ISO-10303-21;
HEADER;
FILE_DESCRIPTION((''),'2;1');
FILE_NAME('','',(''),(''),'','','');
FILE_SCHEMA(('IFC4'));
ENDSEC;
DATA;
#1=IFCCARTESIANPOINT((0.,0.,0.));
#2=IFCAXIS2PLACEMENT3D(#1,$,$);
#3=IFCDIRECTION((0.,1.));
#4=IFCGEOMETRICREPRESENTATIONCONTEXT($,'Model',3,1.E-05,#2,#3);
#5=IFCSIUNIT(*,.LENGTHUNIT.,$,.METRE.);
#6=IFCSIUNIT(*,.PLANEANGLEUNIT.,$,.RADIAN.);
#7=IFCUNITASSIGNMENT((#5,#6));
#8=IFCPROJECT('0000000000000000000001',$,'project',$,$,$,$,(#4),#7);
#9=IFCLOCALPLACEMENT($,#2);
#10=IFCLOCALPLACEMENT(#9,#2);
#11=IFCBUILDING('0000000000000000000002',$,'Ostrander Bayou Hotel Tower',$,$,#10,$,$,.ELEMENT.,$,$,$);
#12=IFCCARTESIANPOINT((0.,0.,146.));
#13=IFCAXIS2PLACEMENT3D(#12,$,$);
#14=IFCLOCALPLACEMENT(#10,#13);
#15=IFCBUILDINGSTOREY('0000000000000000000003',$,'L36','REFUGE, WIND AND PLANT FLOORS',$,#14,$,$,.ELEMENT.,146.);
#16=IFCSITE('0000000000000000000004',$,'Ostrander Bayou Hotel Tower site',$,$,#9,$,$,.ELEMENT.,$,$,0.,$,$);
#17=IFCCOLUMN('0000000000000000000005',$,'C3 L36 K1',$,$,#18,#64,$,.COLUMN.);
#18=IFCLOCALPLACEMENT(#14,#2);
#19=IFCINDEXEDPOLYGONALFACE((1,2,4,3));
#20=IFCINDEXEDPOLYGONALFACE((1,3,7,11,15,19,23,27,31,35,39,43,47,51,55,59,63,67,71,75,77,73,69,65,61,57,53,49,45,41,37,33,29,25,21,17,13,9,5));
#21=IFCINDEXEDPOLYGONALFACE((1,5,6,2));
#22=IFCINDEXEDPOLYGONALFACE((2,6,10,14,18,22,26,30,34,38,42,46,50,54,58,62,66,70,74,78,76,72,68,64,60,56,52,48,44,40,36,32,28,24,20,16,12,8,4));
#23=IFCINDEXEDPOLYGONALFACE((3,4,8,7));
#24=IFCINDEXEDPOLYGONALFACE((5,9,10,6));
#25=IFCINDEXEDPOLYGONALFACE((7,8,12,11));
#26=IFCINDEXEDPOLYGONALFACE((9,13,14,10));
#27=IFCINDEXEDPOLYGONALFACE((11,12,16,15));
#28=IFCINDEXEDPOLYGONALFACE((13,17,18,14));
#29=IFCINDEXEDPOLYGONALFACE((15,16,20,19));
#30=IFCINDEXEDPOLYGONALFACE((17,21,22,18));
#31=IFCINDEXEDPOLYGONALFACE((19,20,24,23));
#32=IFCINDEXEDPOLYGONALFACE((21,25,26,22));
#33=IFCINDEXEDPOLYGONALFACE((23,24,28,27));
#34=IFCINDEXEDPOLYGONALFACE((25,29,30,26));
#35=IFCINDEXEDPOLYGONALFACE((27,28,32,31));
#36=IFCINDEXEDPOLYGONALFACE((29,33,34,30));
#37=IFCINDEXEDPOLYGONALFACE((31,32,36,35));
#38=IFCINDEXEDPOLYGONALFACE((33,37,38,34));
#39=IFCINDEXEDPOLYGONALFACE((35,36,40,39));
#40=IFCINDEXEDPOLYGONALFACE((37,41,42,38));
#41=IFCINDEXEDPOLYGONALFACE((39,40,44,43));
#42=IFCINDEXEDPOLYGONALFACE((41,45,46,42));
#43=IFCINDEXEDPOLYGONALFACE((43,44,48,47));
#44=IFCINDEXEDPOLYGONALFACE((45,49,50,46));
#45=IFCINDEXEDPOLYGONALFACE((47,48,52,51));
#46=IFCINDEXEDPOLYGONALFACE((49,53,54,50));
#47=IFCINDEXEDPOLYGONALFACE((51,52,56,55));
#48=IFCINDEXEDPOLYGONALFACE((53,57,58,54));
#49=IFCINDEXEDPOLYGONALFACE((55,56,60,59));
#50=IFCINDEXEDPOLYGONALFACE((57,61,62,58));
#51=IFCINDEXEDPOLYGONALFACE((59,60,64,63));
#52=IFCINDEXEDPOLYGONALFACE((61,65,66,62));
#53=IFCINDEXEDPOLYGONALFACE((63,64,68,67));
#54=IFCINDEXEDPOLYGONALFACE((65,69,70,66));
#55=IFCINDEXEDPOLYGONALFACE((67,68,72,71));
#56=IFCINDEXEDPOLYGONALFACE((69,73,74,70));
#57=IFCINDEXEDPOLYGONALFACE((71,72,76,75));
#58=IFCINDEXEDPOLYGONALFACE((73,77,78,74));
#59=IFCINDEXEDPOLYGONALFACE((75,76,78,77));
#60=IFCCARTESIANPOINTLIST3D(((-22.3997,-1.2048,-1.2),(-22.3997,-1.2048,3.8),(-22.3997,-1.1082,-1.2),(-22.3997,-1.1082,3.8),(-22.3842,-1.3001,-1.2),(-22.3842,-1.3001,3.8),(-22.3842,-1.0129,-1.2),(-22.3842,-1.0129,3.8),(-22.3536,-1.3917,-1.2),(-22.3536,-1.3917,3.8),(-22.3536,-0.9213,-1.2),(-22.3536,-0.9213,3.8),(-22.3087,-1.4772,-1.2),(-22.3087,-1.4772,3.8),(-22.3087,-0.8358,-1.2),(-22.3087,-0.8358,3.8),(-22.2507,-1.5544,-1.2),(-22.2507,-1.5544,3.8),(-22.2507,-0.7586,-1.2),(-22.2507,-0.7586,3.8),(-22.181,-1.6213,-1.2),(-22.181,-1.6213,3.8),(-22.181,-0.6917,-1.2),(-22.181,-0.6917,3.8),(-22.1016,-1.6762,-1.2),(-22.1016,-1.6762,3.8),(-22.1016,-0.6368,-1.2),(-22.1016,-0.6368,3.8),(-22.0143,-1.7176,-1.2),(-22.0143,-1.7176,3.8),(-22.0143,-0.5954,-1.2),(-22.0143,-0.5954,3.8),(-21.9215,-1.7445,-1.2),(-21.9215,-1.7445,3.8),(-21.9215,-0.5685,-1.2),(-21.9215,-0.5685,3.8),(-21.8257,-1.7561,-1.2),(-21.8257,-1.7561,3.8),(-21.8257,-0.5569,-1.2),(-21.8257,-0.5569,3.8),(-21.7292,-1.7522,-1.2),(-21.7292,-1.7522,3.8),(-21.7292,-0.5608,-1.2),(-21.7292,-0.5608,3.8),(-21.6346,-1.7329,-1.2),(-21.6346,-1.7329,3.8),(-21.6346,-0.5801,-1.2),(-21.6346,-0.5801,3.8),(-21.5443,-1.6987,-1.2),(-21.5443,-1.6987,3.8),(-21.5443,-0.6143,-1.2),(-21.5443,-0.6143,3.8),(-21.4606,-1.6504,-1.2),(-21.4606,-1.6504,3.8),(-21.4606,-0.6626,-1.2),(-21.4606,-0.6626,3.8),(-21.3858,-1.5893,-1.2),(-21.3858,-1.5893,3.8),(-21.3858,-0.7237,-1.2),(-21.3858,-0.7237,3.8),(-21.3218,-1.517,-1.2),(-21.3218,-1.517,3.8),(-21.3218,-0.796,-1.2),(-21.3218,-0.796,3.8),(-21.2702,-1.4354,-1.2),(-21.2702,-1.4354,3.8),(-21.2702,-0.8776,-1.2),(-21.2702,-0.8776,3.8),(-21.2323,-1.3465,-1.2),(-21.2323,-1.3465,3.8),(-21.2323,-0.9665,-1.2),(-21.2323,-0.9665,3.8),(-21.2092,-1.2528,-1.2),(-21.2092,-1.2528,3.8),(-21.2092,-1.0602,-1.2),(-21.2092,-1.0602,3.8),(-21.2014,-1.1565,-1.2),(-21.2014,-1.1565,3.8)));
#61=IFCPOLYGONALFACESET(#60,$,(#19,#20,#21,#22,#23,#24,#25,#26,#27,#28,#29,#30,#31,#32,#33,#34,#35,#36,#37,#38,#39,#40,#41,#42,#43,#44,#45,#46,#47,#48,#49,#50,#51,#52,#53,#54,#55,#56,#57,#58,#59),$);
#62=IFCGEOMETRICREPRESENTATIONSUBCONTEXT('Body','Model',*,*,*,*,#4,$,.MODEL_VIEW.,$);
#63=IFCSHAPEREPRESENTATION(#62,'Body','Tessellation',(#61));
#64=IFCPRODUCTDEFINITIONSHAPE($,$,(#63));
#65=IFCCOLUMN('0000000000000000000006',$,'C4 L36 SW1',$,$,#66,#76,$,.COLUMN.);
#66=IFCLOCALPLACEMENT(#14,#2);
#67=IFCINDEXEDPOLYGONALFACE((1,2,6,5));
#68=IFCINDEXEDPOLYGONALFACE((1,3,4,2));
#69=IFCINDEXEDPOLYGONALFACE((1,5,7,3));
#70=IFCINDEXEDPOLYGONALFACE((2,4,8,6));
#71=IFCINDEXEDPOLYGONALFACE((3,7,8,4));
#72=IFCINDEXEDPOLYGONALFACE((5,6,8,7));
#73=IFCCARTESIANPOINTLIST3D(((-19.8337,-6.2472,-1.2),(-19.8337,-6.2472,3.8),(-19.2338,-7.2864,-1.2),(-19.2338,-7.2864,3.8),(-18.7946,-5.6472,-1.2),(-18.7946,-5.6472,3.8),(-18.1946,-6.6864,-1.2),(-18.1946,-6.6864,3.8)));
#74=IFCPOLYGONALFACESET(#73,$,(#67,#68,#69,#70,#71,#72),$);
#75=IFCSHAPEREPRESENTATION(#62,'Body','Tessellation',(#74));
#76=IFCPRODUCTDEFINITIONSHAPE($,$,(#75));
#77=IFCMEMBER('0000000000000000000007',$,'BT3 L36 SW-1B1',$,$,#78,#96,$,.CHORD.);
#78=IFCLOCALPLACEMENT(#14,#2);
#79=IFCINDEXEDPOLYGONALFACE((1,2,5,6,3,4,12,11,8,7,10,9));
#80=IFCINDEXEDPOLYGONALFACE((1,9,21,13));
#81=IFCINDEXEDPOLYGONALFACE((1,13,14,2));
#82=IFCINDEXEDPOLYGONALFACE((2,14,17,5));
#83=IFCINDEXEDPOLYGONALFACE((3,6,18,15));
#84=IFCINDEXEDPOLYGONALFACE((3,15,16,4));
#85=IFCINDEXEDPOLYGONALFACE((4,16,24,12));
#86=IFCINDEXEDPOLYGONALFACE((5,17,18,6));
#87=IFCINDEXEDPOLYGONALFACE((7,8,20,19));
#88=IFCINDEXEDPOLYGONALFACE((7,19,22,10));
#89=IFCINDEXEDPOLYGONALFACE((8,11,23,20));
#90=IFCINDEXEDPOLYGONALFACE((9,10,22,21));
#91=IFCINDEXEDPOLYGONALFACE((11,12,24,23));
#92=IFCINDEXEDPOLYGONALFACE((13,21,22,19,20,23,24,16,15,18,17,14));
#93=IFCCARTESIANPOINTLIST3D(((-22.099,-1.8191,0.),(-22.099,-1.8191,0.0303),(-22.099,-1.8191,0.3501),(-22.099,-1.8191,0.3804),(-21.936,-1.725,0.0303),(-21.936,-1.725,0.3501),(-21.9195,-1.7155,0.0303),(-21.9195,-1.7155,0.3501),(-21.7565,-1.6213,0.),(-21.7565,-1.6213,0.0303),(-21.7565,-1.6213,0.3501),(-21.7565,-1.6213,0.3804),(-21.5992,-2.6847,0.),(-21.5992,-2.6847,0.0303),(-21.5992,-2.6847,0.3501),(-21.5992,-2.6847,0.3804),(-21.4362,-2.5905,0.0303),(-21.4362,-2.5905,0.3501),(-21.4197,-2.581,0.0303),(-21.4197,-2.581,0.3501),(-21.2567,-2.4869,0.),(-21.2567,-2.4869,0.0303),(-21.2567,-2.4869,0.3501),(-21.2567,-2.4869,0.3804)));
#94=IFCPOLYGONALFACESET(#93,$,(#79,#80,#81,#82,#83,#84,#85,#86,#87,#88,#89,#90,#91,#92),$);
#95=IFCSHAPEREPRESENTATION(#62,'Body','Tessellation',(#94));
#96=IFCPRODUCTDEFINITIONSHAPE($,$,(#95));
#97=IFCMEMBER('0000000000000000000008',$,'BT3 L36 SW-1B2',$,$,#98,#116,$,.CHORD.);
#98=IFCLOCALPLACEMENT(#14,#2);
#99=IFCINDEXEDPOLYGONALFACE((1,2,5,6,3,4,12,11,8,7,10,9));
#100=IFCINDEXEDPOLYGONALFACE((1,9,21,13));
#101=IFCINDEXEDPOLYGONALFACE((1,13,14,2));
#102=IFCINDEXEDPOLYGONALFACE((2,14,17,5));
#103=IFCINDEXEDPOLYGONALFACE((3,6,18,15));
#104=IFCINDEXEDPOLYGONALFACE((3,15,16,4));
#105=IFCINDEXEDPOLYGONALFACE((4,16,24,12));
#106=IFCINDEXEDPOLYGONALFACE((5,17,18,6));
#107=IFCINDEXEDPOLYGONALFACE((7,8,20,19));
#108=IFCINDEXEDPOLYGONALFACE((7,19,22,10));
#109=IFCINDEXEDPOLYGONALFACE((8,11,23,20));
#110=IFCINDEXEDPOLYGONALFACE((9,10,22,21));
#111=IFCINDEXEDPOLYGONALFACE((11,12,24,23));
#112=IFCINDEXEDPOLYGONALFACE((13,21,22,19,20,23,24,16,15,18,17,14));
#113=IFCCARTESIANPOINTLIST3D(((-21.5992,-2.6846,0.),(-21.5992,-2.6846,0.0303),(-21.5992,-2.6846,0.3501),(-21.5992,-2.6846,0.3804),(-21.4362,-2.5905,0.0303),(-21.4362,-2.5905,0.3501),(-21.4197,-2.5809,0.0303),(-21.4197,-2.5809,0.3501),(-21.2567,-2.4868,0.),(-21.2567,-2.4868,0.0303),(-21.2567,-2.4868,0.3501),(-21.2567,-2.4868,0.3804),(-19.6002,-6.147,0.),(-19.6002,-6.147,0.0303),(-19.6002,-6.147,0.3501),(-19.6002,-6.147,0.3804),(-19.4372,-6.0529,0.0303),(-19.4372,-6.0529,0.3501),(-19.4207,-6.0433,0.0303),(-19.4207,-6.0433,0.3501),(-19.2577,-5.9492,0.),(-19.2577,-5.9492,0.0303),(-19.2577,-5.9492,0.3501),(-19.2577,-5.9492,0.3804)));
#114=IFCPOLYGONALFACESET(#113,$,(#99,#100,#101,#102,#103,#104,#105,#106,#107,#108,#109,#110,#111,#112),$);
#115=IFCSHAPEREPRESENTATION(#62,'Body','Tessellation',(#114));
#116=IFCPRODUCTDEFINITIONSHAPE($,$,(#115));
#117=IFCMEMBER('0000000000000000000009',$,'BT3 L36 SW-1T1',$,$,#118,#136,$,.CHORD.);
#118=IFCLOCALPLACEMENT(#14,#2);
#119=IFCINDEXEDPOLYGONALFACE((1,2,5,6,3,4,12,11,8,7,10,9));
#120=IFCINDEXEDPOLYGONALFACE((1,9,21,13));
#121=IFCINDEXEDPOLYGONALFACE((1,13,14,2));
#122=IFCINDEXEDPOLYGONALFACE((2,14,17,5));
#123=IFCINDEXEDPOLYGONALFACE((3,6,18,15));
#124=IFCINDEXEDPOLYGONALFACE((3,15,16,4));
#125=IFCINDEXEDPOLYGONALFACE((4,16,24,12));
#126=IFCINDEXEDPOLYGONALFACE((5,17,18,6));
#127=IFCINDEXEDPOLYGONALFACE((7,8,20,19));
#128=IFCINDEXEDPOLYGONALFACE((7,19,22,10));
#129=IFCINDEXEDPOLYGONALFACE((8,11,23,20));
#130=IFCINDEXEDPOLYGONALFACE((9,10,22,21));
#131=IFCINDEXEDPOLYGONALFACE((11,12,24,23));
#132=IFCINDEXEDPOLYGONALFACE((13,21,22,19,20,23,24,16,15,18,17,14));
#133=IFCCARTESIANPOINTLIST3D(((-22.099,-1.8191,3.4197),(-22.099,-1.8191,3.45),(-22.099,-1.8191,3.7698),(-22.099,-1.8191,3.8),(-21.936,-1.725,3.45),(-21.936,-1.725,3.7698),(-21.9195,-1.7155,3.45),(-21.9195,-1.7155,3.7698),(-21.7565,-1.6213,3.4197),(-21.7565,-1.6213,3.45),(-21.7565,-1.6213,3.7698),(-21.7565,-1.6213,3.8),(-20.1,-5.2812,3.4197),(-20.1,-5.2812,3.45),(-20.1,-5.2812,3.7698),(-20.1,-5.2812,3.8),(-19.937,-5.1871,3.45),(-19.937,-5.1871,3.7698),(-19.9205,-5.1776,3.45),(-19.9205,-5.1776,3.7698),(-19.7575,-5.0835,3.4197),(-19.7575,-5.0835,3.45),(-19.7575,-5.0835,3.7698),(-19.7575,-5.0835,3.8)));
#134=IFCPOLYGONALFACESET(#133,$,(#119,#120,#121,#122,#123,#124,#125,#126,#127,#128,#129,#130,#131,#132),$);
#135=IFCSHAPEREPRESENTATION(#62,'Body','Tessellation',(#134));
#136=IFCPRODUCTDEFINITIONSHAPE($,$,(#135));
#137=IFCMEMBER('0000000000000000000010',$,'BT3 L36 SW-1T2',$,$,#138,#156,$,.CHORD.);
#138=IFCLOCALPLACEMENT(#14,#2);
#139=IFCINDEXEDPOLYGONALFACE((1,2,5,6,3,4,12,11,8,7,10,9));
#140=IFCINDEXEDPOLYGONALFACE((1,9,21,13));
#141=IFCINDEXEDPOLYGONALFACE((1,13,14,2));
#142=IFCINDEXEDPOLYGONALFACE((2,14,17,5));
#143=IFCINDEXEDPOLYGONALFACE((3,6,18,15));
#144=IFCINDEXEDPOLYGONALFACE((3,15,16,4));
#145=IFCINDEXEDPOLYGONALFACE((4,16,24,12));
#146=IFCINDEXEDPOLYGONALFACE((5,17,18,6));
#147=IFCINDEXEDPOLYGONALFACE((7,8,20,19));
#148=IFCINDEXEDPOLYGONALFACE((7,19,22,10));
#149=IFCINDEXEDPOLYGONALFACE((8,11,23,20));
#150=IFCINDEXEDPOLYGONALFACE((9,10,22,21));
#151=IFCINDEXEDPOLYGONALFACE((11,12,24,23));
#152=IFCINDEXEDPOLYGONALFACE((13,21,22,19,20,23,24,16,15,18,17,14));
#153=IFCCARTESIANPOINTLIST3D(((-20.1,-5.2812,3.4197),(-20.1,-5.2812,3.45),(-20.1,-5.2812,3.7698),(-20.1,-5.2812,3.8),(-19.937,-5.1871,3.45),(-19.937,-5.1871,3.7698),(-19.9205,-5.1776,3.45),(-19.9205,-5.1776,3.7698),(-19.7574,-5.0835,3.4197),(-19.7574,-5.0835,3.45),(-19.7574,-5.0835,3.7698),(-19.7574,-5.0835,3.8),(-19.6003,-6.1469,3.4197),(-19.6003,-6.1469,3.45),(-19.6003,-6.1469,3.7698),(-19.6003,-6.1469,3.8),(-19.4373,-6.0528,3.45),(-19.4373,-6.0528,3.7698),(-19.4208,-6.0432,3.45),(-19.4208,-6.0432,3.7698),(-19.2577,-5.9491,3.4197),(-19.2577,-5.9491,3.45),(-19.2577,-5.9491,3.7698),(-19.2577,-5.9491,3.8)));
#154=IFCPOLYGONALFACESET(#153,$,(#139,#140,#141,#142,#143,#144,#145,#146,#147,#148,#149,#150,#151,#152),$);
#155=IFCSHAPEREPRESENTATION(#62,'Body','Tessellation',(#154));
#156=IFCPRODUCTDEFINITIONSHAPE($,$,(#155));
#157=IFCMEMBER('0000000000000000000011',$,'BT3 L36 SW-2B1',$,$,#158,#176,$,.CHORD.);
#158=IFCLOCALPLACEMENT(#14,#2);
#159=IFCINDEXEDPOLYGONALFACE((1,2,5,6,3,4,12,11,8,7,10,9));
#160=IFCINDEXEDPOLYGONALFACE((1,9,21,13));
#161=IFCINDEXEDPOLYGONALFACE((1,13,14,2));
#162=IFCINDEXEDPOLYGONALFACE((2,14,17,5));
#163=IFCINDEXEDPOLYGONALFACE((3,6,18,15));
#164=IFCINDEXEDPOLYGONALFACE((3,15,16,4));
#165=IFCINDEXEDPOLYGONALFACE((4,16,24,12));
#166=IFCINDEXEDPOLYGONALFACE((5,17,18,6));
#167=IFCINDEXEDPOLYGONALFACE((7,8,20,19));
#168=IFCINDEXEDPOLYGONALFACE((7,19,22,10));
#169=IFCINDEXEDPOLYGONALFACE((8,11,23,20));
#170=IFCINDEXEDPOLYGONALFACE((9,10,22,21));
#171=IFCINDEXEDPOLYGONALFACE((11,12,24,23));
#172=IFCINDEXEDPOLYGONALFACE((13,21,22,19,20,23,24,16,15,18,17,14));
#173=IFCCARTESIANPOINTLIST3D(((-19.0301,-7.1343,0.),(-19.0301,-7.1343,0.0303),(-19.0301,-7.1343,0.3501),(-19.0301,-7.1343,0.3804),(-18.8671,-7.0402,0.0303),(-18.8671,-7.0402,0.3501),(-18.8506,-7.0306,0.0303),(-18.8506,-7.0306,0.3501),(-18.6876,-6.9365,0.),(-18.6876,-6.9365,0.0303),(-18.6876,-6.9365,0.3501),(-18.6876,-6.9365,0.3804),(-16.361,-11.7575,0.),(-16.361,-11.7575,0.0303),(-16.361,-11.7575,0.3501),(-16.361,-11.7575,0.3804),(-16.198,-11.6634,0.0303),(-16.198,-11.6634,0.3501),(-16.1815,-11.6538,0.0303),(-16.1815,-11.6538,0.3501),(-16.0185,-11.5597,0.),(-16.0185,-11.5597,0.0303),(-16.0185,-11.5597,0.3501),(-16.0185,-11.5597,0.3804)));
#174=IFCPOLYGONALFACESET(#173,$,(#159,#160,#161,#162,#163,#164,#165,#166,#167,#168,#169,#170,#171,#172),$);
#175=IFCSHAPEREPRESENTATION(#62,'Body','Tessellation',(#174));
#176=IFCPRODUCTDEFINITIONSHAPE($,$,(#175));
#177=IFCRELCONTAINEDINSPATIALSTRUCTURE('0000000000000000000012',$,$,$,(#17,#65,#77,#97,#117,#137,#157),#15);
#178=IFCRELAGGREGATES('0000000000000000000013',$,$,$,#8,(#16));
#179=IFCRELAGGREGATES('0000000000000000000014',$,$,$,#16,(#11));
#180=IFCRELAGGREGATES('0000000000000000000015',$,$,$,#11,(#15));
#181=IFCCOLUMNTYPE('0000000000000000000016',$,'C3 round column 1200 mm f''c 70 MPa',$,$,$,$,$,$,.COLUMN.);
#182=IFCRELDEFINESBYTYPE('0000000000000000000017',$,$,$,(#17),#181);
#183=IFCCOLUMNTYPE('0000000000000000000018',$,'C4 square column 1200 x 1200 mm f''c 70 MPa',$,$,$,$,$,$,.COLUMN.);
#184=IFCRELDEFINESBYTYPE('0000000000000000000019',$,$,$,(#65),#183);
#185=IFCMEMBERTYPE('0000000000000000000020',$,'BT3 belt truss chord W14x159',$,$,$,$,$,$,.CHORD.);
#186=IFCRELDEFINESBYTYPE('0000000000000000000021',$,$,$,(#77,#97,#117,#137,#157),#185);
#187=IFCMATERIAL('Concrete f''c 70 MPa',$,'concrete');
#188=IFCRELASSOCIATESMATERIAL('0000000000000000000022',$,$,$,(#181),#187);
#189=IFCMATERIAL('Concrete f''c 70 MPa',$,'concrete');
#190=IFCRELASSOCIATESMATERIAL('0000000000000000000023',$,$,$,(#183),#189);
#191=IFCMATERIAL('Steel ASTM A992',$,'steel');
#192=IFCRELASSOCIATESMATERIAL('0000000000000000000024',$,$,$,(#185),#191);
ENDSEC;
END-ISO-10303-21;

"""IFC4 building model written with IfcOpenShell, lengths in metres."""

from ifc_helpers import new_model, si_unit, direction, frame, origin, origin_2d, place, context, subcontext, project, spatial, rectangle, circle, i_section, extrude, material, material_profile, profile_set, type_object, element, save


model = new_model("IFC4")

# Units and contexts
model_context = context("Model", 3, precision=1e-05, world=origin(), true_north=direction((0.0, 1.0)))
body_context = subcontext(model_context, "Body", "Model", "MODEL_VIEW")
ifc_project = project(units=[si_unit("LENGTHUNIT", "METRE"), si_unit("PLANEANGLEUNIT", "RADIAN")], contexts=[model_context])

# Site, building, storey
site_placement = place(None, origin())
site = spatial("IfcSite", under=ifc_project, at=site_placement, Name="Ostrander Bayou Hotel Tower site", CompositionType="ELEMENT", RefElevation=0.0)
building_placement = place(site_placement, origin())
building = spatial("IfcBuilding", under=site, at=building_placement, Name="Ostrander Bayou Hotel Tower", CompositionType="ELEMENT")
storey_placement = place(building_placement, frame((0.0, 0.0, 146.0)))
storey = spatial("IfcBuildingStorey", under=building, at=storey_placement, Name="L36", Description="REFUGE, WIND AND PLANT FLOORS", CompositionType="ELEMENT", Elevation=146.0)

# Columns
ifc_material_1 = material(Name="Concrete f'c 70 MPa", Category="concrete")
ifc_material_profile_1 = material_profile(ifc_material_1, circle(Radius=0.6001, at=origin_2d()))
ifc_profile_set_1 = profile_set([ifc_material_profile_1], Name="Concrete f'c 70 MPa")
column_type_1 = type_object("IfcColumnType", Name="C3 round column 1200 mm f'c 70 MPa", PredefinedType="COLUMN", material=ifc_profile_set_1)
column_1_placement = place(storey_placement, frame((-21.8015, -1.1565, -1.2), z_axis=(0.0, 0.0, 1.0), x_axis=(1.0, 0.0, 0.0)))
element("IfcColumn", 1, at=column_1_placement, inside=storey, type_object=column_type_1, Name="C3 L36 K1", PredefinedType="COLUMN", context=body_context, shape_type="SweptSolid", body=[
    extrude(circle(Radius=0.6001, at=origin_2d()), origin(), (0.0, 0.0, 1.0), 5.0),
])
ifc_material_2 = material(Name="Concrete f'c 70 MPa", Category="concrete")
ifc_material_profile_2 = material_profile(ifc_material_2, rectangle(XDim=1.2, YDim=1.2, at=origin_2d()))
ifc_profile_set_2 = profile_set([ifc_material_profile_2], Name="Concrete f'c 70 MPa")
column_type_2 = type_object("IfcColumnType", Name="C4 square column 1200 x 1200 mm f'c 70 MPa", PredefinedType="COLUMN", material=ifc_profile_set_2)
column_2_placement = place(storey_placement, frame((-19.0142, -6.4668, -1.2), z_axis=(0.0, 0.0, 1.0), x_axis=(-0.5, 0.866025, 0.0)))
element("IfcColumn", 2, at=column_2_placement, inside=storey, type_object=column_type_2, Name="C4 L36 SW1", PredefinedType="COLUMN", context=body_context, shape_type="SweptSolid", body=[
    extrude(rectangle(XDim=1.2, YDim=1.2, at=origin_2d()), origin(), (0.0, 0.0, 1.0), 5.0),
])

# Members
ifc_material_3 = material(Name="Steel ASTM A992", Category="steel")
ifc_material_profile_3 = material_profile(ifc_material_3, i_section(OverallWidth=0.3955, OverallDepth=0.3804, WebThickness=0.019, FlangeThickness=0.0303, at=origin_2d()))
ifc_profile_set_3 = profile_set([ifc_material_profile_3], Name="Steel ASTM A992")
member_type_1 = type_object("IfcMemberType", Name="BT3 belt truss chord W14x159", PredefinedType="CHORD", material=ifc_profile_set_3)
member_1_placement = place(storey_placement, frame((-21.9277, -1.7202, 0.1902), z_axis=(0.500054, -0.865994, 0.0), x_axis=(0.865994, 0.500054, 0.0)))
element("IfcMember", 3, at=member_1_placement, inside=storey, type_object=member_type_1, Name="BT3 L36 SW-1B1", PredefinedType="CHORD", context=body_context, shape_type="SweptSolid", body=[
    extrude(i_section(OverallWidth=0.3955, OverallDepth=0.3804, WebThickness=0.019, FlangeThickness=0.0303, at=origin_2d()), origin(), (0.0, 0.0, 1.0), 0.9995),
])
member_2_placement = place(storey_placement, frame((-21.428, -2.5857, 0.1902), z_axis=(0.500001, -0.866025, 0.0), x_axis=(0.866025, 0.500001, 0.0)))
element("IfcMember", 4, at=member_2_placement, inside=storey, type_object=member_type_1, Name="BT3 L36 SW-1B2", PredefinedType="CHORD", context=body_context, shape_type="SweptSolid", body=[
    extrude(i_section(OverallWidth=0.3955, OverallDepth=0.3804, WebThickness=0.019, FlangeThickness=0.0303, at=origin_2d()), origin(), (0.0, 0.0, 1.0), 3.998),
])
member_3_placement = place(storey_placement, frame((-21.9277, -1.7202, 3.6099), z_axis=(0.500027, -0.86601, 0.0), x_axis=(0.86601, 0.500027, 0.0)))
element("IfcMember", 5, at=member_3_placement, inside=storey, type_object=member_type_1, Name="BT3 L36 SW-1T1", PredefinedType="CHORD", context=body_context, shape_type="SweptSolid", body=[
    extrude(i_section(OverallWidth=0.3955, OverallDepth=0.3804, WebThickness=0.019, FlangeThickness=0.0303, at=origin_2d()), origin(), (0.0, 0.0, 1.0), 3.9978),
])
member_4_placement = place(storey_placement, frame((-19.9287, -5.1824, 3.6099), z_axis=(0.499948, -0.866055, 0.0), x_axis=(0.866055, 0.499948, 0.0)))
element("IfcMember", 6, at=member_4_placement, inside=storey, type_object=member_type_1, Name="BT3 L36 SW-1T2", PredefinedType="CHORD", context=body_context, shape_type="SweptSolid", body=[
    extrude(i_section(OverallWidth=0.3955, OverallDepth=0.3804, WebThickness=0.019, FlangeThickness=0.0303, at=origin_2d()), origin(), (0.0, 0.0, 1.0), 0.9995),
])
member_5_placement = place(storey_placement, frame((-18.8589, -7.0354, 0.1902), z_axis=(0.49999, -0.866031, 0.0), x_axis=(0.866031, 0.49999, 0.0)))
element("IfcMember", 7, at=member_5_placement, inside=storey, type_object=member_type_1, Name="BT3 L36 SW-2B1", PredefinedType="CHORD", context=body_context, shape_type="SweptSolid", body=[
    extrude(i_section(OverallWidth=0.3955, OverallDepth=0.3804, WebThickness=0.019, FlangeThickness=0.0303, at=origin_2d()), origin(), (0.0, 0.0, 1.0), 5.3384),
])

save(model, "model.ifc")
